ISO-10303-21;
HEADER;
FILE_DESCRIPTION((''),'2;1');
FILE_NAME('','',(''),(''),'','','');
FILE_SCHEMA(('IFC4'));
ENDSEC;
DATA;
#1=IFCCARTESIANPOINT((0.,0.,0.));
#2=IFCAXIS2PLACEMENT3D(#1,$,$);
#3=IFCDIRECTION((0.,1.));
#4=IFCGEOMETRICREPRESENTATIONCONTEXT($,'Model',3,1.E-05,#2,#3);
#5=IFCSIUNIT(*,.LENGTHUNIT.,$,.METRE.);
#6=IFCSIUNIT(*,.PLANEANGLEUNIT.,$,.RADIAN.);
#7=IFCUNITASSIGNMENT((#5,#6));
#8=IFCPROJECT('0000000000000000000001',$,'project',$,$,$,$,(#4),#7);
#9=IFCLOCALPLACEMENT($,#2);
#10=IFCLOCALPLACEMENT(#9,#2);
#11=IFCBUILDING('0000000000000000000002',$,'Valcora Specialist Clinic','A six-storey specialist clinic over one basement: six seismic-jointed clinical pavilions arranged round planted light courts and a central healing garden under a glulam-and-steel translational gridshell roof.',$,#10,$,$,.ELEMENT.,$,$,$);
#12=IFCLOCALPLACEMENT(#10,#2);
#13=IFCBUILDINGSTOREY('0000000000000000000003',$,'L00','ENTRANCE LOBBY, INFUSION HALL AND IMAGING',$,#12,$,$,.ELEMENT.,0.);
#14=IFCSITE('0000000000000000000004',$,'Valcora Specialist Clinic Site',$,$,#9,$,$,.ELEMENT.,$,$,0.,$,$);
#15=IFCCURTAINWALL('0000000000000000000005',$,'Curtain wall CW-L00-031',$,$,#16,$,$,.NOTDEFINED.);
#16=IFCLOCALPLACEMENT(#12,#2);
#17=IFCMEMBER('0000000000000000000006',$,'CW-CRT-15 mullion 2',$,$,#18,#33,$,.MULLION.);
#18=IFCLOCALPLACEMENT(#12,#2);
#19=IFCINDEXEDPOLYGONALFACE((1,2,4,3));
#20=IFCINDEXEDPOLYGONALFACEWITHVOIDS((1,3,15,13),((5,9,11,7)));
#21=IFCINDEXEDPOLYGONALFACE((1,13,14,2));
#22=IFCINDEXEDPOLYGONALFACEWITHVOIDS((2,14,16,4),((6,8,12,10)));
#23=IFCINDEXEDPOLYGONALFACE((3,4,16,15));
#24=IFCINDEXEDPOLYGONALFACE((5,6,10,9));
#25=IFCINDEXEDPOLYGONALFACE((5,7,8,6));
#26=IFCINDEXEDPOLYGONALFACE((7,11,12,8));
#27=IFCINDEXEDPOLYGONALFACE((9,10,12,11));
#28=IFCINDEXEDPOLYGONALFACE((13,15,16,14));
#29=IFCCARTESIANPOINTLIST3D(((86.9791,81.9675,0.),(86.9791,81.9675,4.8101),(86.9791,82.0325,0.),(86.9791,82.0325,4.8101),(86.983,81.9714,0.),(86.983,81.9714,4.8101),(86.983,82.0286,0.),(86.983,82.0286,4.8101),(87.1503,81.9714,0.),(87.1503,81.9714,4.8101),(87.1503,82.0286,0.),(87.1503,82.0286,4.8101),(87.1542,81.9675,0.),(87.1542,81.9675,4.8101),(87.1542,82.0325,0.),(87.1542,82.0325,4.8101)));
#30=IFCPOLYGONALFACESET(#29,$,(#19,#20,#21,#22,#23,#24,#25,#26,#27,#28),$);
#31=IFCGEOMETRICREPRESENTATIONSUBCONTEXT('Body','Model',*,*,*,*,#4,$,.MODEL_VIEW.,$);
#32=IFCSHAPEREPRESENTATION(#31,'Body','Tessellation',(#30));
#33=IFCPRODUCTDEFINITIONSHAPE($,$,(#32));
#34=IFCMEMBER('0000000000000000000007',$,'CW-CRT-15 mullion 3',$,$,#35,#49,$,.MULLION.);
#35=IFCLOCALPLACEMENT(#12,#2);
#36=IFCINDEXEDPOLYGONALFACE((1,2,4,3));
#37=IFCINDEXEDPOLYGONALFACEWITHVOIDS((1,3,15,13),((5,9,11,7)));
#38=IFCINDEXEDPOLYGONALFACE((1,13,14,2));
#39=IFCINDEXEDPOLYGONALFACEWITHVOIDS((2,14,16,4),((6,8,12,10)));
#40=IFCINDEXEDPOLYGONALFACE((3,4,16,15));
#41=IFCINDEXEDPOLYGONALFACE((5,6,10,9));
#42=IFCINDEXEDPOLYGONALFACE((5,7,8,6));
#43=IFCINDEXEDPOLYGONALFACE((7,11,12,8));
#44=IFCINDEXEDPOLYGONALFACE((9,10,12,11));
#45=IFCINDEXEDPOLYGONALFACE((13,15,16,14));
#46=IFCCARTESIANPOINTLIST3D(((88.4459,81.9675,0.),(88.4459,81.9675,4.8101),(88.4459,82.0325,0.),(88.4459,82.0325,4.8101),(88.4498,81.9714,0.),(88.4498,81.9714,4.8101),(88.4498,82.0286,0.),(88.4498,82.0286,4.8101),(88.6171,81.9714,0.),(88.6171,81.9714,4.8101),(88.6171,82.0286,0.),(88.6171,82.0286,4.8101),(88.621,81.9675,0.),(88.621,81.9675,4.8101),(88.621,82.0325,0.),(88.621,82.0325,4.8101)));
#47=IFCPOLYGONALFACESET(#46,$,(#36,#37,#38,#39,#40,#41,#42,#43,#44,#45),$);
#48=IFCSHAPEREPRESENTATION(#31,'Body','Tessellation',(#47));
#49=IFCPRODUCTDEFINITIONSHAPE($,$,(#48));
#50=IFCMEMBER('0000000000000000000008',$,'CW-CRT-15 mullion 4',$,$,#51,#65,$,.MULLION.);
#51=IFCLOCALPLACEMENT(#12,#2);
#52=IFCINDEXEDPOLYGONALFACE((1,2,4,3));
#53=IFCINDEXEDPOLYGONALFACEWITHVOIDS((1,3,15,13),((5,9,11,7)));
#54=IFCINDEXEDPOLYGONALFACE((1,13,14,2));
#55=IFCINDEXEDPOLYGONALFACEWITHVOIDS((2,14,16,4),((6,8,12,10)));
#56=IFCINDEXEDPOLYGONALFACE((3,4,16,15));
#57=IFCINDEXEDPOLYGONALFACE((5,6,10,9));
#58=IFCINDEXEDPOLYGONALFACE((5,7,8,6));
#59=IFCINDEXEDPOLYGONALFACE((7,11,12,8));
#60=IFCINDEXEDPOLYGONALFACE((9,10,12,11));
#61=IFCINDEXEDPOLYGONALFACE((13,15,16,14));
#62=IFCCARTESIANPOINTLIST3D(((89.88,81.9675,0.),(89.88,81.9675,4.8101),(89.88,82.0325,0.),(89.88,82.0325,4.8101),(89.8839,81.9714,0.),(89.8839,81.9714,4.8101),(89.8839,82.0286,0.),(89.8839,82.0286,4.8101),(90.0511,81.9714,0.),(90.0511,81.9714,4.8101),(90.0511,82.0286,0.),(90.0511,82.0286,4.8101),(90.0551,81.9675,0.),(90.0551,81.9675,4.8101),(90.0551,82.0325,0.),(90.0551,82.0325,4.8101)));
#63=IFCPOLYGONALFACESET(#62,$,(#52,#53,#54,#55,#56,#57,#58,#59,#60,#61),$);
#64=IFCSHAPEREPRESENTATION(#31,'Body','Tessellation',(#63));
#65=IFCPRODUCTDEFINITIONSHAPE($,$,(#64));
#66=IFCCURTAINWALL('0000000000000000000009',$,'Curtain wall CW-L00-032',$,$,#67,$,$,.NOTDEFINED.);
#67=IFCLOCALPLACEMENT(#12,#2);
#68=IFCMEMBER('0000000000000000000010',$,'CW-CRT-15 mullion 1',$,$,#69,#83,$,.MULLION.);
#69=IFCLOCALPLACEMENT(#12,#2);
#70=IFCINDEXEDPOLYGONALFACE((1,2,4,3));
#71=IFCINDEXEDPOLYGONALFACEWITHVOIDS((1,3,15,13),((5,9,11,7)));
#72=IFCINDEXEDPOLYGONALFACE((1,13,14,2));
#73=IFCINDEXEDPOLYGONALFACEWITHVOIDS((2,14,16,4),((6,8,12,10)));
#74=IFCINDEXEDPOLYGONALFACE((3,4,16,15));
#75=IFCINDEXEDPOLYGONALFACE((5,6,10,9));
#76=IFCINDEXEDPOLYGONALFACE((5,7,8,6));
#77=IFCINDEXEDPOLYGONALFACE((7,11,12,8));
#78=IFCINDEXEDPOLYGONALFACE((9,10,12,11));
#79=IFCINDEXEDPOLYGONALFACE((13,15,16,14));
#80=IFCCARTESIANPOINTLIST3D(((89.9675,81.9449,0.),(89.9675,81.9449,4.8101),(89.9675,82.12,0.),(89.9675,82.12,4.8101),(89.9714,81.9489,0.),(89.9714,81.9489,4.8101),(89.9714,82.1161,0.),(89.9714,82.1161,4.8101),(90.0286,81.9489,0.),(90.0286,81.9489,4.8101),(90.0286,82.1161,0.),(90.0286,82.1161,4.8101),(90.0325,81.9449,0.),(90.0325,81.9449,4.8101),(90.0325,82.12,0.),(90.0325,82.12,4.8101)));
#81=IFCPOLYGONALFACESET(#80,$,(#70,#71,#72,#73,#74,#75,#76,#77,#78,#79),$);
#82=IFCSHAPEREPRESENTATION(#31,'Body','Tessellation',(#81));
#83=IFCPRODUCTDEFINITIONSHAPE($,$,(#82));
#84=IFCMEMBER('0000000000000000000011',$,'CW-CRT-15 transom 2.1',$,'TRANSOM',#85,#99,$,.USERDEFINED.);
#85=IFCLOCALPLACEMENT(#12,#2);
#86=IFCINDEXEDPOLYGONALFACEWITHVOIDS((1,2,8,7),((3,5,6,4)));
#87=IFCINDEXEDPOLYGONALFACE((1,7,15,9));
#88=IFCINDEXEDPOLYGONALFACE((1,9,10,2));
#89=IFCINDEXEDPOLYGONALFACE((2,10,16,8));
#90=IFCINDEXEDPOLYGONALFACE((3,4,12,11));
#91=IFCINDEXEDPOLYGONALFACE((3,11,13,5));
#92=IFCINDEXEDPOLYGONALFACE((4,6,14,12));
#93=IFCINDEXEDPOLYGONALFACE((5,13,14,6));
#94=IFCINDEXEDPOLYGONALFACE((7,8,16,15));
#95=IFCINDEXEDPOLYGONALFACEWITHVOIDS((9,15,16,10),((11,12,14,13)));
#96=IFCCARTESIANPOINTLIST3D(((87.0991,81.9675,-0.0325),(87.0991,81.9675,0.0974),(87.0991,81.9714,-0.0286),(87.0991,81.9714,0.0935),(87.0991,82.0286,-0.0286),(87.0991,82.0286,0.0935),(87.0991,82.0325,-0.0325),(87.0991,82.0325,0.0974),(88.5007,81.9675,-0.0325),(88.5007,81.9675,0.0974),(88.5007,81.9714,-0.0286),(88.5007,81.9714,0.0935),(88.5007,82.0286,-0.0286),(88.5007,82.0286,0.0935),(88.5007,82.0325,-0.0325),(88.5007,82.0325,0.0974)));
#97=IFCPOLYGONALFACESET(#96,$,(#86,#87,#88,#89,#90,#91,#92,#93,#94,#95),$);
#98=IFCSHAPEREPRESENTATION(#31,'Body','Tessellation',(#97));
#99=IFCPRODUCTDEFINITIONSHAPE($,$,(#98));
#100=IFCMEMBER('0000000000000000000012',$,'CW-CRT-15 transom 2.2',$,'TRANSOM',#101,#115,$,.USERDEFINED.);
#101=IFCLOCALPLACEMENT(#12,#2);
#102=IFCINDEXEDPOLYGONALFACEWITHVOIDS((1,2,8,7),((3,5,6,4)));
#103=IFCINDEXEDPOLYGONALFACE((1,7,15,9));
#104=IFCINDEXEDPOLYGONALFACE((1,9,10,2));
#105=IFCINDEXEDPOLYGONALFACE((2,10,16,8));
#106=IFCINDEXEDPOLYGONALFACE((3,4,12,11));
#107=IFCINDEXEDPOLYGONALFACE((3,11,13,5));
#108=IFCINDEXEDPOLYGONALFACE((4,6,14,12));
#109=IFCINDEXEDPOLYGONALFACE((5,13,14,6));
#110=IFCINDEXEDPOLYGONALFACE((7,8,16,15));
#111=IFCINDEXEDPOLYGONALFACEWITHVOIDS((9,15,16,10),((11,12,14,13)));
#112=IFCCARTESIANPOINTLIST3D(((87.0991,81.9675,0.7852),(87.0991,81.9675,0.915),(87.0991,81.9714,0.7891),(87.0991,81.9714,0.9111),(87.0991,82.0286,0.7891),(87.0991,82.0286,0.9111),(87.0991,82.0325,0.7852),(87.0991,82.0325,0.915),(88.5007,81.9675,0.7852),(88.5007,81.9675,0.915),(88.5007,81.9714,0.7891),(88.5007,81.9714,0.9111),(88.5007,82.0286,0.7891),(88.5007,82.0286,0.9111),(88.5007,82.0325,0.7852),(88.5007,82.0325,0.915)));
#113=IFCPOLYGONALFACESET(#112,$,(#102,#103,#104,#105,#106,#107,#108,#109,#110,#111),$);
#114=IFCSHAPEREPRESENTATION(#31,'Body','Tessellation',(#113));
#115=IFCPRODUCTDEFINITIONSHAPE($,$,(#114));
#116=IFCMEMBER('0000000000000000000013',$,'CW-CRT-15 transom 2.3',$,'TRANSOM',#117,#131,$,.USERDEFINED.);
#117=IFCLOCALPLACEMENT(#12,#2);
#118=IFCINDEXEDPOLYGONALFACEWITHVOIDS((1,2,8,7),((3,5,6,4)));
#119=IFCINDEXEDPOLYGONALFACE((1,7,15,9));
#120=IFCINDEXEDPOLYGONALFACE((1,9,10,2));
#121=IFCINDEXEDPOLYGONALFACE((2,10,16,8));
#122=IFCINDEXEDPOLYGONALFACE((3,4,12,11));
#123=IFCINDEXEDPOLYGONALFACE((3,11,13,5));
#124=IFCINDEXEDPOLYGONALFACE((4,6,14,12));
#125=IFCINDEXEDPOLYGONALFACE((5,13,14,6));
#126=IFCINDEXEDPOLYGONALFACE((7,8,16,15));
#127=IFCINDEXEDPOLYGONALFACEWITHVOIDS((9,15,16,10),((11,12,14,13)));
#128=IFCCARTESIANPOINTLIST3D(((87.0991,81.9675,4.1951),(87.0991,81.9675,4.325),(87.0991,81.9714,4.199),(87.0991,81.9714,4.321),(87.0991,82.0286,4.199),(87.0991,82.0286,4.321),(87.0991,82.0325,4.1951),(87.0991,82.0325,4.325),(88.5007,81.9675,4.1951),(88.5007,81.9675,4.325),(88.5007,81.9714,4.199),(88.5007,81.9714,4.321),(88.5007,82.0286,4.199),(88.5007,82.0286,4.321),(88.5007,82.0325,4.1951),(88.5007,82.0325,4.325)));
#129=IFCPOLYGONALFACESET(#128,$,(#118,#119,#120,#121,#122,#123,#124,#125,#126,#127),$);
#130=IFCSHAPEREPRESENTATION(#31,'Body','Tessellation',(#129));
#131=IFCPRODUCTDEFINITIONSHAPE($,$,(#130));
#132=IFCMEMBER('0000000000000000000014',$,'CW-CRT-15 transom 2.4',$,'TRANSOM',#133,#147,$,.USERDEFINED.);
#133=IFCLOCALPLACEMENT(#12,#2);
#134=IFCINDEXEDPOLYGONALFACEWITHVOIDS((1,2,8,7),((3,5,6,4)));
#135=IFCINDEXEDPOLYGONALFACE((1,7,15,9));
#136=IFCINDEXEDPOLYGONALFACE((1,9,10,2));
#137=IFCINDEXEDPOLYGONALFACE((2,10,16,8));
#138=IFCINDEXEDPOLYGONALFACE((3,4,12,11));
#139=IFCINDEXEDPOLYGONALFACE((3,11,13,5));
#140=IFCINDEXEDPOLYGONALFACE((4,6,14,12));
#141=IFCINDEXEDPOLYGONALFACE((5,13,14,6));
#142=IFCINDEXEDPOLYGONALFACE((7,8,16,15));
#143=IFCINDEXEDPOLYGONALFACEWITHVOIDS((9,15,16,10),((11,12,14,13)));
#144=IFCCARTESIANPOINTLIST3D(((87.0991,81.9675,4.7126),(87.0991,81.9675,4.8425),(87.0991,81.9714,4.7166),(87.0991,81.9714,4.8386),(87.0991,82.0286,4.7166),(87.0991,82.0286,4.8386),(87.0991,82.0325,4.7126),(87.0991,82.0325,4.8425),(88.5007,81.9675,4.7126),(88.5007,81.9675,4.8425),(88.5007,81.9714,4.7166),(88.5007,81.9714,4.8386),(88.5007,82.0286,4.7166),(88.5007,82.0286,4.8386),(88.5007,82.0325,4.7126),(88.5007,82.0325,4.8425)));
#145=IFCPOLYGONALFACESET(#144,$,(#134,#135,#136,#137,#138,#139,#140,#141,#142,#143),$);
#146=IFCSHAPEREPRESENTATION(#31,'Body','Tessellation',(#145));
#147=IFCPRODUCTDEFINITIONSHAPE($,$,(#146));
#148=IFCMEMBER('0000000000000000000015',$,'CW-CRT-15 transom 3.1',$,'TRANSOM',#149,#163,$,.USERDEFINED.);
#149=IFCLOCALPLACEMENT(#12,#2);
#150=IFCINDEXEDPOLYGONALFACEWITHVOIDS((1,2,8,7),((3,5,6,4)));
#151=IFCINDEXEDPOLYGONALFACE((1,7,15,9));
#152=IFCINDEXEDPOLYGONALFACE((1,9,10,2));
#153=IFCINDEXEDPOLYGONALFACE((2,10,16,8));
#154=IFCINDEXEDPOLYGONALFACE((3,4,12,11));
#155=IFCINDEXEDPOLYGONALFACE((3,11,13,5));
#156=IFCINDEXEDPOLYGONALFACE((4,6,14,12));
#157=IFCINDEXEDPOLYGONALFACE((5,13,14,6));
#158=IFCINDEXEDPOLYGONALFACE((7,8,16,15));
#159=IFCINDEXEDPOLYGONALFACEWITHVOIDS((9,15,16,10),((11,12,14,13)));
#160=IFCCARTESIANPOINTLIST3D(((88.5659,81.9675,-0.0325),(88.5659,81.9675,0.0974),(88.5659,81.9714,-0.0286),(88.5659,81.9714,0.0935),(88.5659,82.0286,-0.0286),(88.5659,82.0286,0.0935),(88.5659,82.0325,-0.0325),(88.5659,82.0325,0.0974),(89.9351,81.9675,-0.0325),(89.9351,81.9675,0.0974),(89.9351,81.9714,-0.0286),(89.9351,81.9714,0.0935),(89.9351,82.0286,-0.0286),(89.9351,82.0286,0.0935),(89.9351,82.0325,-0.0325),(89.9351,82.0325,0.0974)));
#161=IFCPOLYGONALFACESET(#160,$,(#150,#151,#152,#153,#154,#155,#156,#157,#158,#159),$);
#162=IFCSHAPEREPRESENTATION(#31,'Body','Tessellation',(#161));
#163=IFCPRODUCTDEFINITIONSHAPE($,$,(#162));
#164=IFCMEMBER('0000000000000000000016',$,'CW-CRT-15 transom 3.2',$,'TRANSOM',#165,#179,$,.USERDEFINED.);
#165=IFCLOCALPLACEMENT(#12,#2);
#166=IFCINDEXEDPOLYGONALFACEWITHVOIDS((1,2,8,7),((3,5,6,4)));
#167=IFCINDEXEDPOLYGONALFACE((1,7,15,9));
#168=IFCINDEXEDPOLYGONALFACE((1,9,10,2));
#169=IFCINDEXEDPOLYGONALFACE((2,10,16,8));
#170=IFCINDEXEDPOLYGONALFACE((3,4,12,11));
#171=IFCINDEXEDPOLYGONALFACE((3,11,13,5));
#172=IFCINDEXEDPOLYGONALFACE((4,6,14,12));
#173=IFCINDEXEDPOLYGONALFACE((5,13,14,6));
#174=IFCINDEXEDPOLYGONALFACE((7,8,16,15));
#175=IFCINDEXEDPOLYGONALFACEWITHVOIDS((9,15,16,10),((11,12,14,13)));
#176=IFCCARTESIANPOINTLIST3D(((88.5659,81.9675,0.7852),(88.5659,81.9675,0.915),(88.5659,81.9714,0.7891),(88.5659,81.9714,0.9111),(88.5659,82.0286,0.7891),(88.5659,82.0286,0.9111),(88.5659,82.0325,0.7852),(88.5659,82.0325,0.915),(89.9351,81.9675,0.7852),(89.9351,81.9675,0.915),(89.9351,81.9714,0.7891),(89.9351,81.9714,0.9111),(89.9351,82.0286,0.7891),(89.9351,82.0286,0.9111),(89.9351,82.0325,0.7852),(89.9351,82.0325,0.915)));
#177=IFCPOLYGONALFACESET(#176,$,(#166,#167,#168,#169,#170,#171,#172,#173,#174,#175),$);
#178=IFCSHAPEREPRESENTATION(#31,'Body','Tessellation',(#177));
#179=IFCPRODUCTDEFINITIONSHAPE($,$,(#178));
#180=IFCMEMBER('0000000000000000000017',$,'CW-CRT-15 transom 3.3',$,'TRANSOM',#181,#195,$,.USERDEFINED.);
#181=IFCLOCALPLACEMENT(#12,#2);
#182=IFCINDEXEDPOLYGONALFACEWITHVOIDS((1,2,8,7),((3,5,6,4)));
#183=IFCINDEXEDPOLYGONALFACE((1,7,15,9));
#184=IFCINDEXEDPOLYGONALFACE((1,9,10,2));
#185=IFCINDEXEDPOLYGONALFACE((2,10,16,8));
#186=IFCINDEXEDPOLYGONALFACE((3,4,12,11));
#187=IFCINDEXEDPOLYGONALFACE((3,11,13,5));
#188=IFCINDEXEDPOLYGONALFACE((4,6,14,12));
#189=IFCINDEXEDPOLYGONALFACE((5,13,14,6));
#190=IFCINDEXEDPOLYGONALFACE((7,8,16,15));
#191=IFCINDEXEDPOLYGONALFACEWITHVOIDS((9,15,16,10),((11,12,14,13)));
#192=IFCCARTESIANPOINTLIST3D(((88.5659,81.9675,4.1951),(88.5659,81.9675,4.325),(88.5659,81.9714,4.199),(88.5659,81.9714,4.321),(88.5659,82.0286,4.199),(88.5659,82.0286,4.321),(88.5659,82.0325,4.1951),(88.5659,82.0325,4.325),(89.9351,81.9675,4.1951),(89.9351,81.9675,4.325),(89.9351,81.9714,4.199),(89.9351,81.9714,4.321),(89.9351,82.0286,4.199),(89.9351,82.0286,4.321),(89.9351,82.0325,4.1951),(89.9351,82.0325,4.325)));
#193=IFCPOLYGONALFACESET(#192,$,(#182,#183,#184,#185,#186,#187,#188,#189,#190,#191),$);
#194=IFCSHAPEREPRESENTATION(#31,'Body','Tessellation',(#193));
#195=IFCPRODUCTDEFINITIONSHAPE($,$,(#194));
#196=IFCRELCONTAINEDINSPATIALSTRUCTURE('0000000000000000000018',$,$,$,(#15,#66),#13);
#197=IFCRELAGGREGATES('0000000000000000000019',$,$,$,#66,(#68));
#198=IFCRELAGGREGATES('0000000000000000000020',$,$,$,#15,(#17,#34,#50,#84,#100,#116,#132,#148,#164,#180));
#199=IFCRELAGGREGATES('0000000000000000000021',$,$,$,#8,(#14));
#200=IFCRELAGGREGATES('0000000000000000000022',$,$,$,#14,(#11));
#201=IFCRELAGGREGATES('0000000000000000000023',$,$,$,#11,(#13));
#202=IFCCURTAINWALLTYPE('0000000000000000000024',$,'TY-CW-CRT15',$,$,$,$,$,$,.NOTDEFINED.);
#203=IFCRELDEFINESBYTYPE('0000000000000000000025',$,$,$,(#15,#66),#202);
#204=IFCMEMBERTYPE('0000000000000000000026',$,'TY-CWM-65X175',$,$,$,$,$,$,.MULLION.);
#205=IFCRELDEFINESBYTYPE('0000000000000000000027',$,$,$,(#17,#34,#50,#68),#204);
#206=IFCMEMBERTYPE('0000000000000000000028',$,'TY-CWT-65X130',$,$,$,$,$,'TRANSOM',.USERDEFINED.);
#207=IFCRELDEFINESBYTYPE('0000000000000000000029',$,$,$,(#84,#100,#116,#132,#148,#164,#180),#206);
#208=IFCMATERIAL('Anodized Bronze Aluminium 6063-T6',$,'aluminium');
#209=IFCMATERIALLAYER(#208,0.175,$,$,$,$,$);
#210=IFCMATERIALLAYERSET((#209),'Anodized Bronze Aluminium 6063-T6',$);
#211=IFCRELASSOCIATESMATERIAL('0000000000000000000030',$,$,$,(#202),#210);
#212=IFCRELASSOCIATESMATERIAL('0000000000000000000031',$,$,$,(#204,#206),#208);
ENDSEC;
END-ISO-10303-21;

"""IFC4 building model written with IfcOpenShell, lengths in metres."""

from ifc_helpers import new_model, si_unit, direction, frame, origin, origin_2d, place, context, subcontext, project, spatial, hollow_rectangle, extrude, material, layer, layer_set, material_profile, profile_set, type_object, element, aggregate, save


model = new_model("IFC4")

# Units and contexts
model_context = context("Model", 3, precision=1e-05, world=origin(), true_north=direction((0.0, 1.0)))
body_context = subcontext(model_context, "Body", "Model", "MODEL_VIEW")
ifc_project = project(units=[si_unit("LENGTHUNIT", "METRE"), si_unit("PLANEANGLEUNIT", "RADIAN")], contexts=[model_context])

# Site, building, storey
site_placement = place(None, origin())
site = spatial("IfcSite", under=ifc_project, at=site_placement, Name="Valcora Specialist Clinic Site", CompositionType="ELEMENT", RefElevation=0.0)
building_placement = place(site_placement, origin())
building = spatial("IfcBuilding", under=site, at=building_placement, Name="Valcora Specialist Clinic", Description="A six-storey specialist clinic over one basement: six seismic-jointed clinical pavilions arranged round planted light courts and a central healing garden under a glulam-and-steel translational gridshell roof.", CompositionType="ELEMENT")
storey_placement = place(building_placement, origin())
storey = spatial("IfcBuildingStorey", under=building, at=storey_placement, Name="L00", Description="ENTRANCE LOBBY, INFUSION HALL AND IMAGING", CompositionType="ELEMENT", Elevation=0.0)

# Curtain wall, members
ifc_material_1 = material(Name="Anodized Bronze Aluminium 6063-T6", Category="aluminium")
ifc_layer_1 = layer(ifc_material_1, 0.175)
ifc_layer_set_1 = layer_set([ifc_layer_1], Name="Anodized Bronze Aluminium 6063-T6")
curtain_wall_type = type_object("IfcCurtainWallType", Name="TY-CW-CRT15", PredefinedType="NOTDEFINED", material=ifc_layer_set_1)
curtain_wall_1_placement = place(storey_placement, origin())
curtain_wall_1 = element("IfcCurtainWall", 1, at=curtain_wall_1_placement, inside=storey, type_object=curtain_wall_type, Name="Curtain wall CW-L00-031", PredefinedType="NOTDEFINED")
ifc_material_profile_1 = material_profile(ifc_material_1, hollow_rectangle(XDim=0.0649, YDim=0.175, WallThickness=0.0039, at=origin_2d()), Name="AL-MUL-65X175")
ifc_profile_set_1 = profile_set([ifc_material_profile_1], Name="Anodized Bronze Aluminium 6063-T6")
member_type_1 = type_object("IfcMemberType", Name="TY-CWM-65X175", PredefinedType="MULLION", material=ifc_profile_set_1)
member_1_placement = place(storey_placement, frame((87.0667, 82.0, 0.0), z_axis=(0.0, 0.0, 1.0), x_axis=(0.0, 1.0, 0.0)))
member_1 = element("IfcMember", 2, at=member_1_placement, type_object=member_type_1, Name="CW-CRT-15 mullion 2", PredefinedType="MULLION", context=body_context, shape_type="SweptSolid", body=[
    extrude(hollow_rectangle(XDim=0.0649, YDim=0.175, WallThickness=0.0039, at=origin_2d()), origin(), (0.0, 0.0, 1.0), 4.8101),
])
member_2_placement = place(storey_placement, frame((88.5334, 82.0, 0.0), z_axis=(0.0, 0.0, 1.0), x_axis=(0.0, 1.0, 0.0)))
member_2 = element("IfcMember", 3, at=member_2_placement, type_object=member_type_1, Name="CW-CRT-15 mullion 3", PredefinedType="MULLION", context=body_context, shape_type="SweptSolid", body=[
    extrude(hollow_rectangle(XDim=0.0649, YDim=0.175, WallThickness=0.0039, at=origin_2d()), origin(), (0.0, 0.0, 1.0), 4.8101),
])
member_3_placement = place(storey_placement, frame((89.9675, 82.0, 0.0), z_axis=(0.0, 0.0, 1.0), x_axis=(0.0, 1.0, 0.0)))
member_3 = element("IfcMember", 4, at=member_3_placement, type_object=member_type_1, Name="CW-CRT-15 mullion 4", PredefinedType="MULLION", context=body_context, shape_type="SweptSolid", body=[
    extrude(hollow_rectangle(XDim=0.0649, YDim=0.175, WallThickness=0.0039, at=origin_2d()), origin(), (0.0, 0.0, 1.0), 4.8101),
])

# Curtain wall, member
curtain_wall_2_placement = place(storey_placement, origin())
curtain_wall_2 = element("IfcCurtainWall", 5, at=curtain_wall_2_placement, inside=storey, type_object=curtain_wall_type, Name="Curtain wall CW-L00-032", PredefinedType="NOTDEFINED")
member_4_placement = place(storey_placement, frame((90.0, 82.0325, 0.0), z_axis=(0.0, 0.0, 1.0), x_axis=(-1.0, 0.0, 0.0)))
member_4 = element("IfcMember", 6, at=member_4_placement, type_object=member_type_1, Name="CW-CRT-15 mullion 1", PredefinedType="MULLION", context=body_context, shape_type="SweptSolid", body=[
    extrude(hollow_rectangle(XDim=0.0649, YDim=0.175, WallThickness=0.0039, at=origin_2d()), origin(), (0.0, 0.0, 1.0), 4.8101),
])

# Members
ifc_material_profile_2 = material_profile(ifc_material_1, hollow_rectangle(XDim=0.0649, YDim=0.1299, WallThickness=0.0039, at=origin_2d()), Name="AL-TRN-65X130")
ifc_profile_set_2 = profile_set([ifc_material_profile_2], Name="Anodized Bronze Aluminium 6063-T6")
member_type_2 = type_object("IfcMemberType", Name="TY-CWT-65X130", ElementType="TRANSOM", PredefinedType="USERDEFINED", material=ifc_profile_set_2)
member_5_placement = place(storey_placement, frame((87.0991, 82.0, 0.0325), z_axis=(1.0, 0.0, 0.0), x_axis=(0.0, 1.0, 0.0)))
member_5 = element("IfcMember", 7, at=member_5_placement, type_object=member_type_2, Name="CW-CRT-15 transom 2.1", ObjectType="TRANSOM", PredefinedType="USERDEFINED", context=body_context, shape_type="SweptSolid", body=[
    extrude(hollow_rectangle(XDim=0.0649, YDim=0.1299, WallThickness=0.0039, at=origin_2d()), origin(), (0.0, 0.0, 1.0), 1.4016),
])
member_6_placement = place(storey_placement, frame((87.0991, 82.0, 0.8501), z_axis=(1.0, 0.0, 0.0), x_axis=(0.0, 1.0, 0.0)))
member_6 = element("IfcMember", 8, at=member_6_placement, type_object=member_type_2, Name="CW-CRT-15 transom 2.2", ObjectType="TRANSOM", PredefinedType="USERDEFINED", context=body_context, shape_type="SweptSolid", body=[
    extrude(hollow_rectangle(XDim=0.0649, YDim=0.1299, WallThickness=0.0039, at=origin_2d()), origin(), (0.0, 0.0, 1.0), 1.4016),
])
member_7_placement = place(storey_placement, frame((87.0991, 82.0, 4.26), z_axis=(1.0, 0.0, 0.0), x_axis=(0.0, 1.0, 0.0)))
member_7 = element("IfcMember", 9, at=member_7_placement, type_object=member_type_2, Name="CW-CRT-15 transom 2.3", ObjectType="TRANSOM", PredefinedType="USERDEFINED", context=body_context, shape_type="SweptSolid", body=[
    extrude(hollow_rectangle(XDim=0.0649, YDim=0.1299, WallThickness=0.0039, at=origin_2d()), origin(), (0.0, 0.0, 1.0), 1.4016),
])
member_8_placement = place(storey_placement, frame((87.0991, 82.0, 4.7776), z_axis=(1.0, 0.0, 0.0), x_axis=(0.0, 1.0, 0.0)))
member_8 = element("IfcMember", 10, at=member_8_placement, type_object=member_type_2, Name="CW-CRT-15 transom 2.4", ObjectType="TRANSOM", PredefinedType="USERDEFINED", context=body_context, shape_type="SweptSolid", body=[
    extrude(hollow_rectangle(XDim=0.0649, YDim=0.1299, WallThickness=0.0039, at=origin_2d()), origin(), (0.0, 0.0, 1.0), 1.4016),
])
member_9_placement = place(storey_placement, frame((88.5659, 82.0, 0.0325), z_axis=(1.0, 0.0, 0.0), x_axis=(0.0, 1.0, 0.0)))
member_9 = element("IfcMember", 11, at=member_9_placement, type_object=member_type_2, Name="CW-CRT-15 transom 3.1", ObjectType="TRANSOM", PredefinedType="USERDEFINED", context=body_context, shape_type="SweptSolid", body=[
    extrude(hollow_rectangle(XDim=0.0649, YDim=0.1299, WallThickness=0.0039, at=origin_2d()), origin(), (0.0, 0.0, 1.0), 1.3691),
])
member_10_placement = place(storey_placement, frame((88.5659, 82.0, 0.8501), z_axis=(1.0, 0.0, 0.0), x_axis=(0.0, 1.0, 0.0)))
member_10 = element("IfcMember", 12, at=member_10_placement, type_object=member_type_2, Name="CW-CRT-15 transom 3.2", ObjectType="TRANSOM", PredefinedType="USERDEFINED", context=body_context, shape_type="SweptSolid", body=[
    extrude(hollow_rectangle(XDim=0.0649, YDim=0.1299, WallThickness=0.0039, at=origin_2d()), origin(), (0.0, 0.0, 1.0), 1.3691),
])
member_11_placement = place(storey_placement, frame((88.5659, 82.0, 4.26), z_axis=(1.0, 0.0, 0.0), x_axis=(0.0, 1.0, 0.0)))
member_11 = element("IfcMember", 13, at=member_11_placement, type_object=member_type_2, Name="CW-CRT-15 transom 3.3", ObjectType="TRANSOM", PredefinedType="USERDEFINED", context=body_context, shape_type="SweptSolid", body=[
    extrude(hollow_rectangle(XDim=0.0649, YDim=0.1299, WallThickness=0.0039, at=origin_2d()), origin(), (0.0, 0.0, 1.0), 1.3691),
])
aggregate(curtain_wall_2, [member_4])

aggregate(curtain_wall_1, [member_1, member_2, member_3, member_5, member_6, member_7, member_8, member_9, member_10, member_11])

save(model, "model.ifc")
